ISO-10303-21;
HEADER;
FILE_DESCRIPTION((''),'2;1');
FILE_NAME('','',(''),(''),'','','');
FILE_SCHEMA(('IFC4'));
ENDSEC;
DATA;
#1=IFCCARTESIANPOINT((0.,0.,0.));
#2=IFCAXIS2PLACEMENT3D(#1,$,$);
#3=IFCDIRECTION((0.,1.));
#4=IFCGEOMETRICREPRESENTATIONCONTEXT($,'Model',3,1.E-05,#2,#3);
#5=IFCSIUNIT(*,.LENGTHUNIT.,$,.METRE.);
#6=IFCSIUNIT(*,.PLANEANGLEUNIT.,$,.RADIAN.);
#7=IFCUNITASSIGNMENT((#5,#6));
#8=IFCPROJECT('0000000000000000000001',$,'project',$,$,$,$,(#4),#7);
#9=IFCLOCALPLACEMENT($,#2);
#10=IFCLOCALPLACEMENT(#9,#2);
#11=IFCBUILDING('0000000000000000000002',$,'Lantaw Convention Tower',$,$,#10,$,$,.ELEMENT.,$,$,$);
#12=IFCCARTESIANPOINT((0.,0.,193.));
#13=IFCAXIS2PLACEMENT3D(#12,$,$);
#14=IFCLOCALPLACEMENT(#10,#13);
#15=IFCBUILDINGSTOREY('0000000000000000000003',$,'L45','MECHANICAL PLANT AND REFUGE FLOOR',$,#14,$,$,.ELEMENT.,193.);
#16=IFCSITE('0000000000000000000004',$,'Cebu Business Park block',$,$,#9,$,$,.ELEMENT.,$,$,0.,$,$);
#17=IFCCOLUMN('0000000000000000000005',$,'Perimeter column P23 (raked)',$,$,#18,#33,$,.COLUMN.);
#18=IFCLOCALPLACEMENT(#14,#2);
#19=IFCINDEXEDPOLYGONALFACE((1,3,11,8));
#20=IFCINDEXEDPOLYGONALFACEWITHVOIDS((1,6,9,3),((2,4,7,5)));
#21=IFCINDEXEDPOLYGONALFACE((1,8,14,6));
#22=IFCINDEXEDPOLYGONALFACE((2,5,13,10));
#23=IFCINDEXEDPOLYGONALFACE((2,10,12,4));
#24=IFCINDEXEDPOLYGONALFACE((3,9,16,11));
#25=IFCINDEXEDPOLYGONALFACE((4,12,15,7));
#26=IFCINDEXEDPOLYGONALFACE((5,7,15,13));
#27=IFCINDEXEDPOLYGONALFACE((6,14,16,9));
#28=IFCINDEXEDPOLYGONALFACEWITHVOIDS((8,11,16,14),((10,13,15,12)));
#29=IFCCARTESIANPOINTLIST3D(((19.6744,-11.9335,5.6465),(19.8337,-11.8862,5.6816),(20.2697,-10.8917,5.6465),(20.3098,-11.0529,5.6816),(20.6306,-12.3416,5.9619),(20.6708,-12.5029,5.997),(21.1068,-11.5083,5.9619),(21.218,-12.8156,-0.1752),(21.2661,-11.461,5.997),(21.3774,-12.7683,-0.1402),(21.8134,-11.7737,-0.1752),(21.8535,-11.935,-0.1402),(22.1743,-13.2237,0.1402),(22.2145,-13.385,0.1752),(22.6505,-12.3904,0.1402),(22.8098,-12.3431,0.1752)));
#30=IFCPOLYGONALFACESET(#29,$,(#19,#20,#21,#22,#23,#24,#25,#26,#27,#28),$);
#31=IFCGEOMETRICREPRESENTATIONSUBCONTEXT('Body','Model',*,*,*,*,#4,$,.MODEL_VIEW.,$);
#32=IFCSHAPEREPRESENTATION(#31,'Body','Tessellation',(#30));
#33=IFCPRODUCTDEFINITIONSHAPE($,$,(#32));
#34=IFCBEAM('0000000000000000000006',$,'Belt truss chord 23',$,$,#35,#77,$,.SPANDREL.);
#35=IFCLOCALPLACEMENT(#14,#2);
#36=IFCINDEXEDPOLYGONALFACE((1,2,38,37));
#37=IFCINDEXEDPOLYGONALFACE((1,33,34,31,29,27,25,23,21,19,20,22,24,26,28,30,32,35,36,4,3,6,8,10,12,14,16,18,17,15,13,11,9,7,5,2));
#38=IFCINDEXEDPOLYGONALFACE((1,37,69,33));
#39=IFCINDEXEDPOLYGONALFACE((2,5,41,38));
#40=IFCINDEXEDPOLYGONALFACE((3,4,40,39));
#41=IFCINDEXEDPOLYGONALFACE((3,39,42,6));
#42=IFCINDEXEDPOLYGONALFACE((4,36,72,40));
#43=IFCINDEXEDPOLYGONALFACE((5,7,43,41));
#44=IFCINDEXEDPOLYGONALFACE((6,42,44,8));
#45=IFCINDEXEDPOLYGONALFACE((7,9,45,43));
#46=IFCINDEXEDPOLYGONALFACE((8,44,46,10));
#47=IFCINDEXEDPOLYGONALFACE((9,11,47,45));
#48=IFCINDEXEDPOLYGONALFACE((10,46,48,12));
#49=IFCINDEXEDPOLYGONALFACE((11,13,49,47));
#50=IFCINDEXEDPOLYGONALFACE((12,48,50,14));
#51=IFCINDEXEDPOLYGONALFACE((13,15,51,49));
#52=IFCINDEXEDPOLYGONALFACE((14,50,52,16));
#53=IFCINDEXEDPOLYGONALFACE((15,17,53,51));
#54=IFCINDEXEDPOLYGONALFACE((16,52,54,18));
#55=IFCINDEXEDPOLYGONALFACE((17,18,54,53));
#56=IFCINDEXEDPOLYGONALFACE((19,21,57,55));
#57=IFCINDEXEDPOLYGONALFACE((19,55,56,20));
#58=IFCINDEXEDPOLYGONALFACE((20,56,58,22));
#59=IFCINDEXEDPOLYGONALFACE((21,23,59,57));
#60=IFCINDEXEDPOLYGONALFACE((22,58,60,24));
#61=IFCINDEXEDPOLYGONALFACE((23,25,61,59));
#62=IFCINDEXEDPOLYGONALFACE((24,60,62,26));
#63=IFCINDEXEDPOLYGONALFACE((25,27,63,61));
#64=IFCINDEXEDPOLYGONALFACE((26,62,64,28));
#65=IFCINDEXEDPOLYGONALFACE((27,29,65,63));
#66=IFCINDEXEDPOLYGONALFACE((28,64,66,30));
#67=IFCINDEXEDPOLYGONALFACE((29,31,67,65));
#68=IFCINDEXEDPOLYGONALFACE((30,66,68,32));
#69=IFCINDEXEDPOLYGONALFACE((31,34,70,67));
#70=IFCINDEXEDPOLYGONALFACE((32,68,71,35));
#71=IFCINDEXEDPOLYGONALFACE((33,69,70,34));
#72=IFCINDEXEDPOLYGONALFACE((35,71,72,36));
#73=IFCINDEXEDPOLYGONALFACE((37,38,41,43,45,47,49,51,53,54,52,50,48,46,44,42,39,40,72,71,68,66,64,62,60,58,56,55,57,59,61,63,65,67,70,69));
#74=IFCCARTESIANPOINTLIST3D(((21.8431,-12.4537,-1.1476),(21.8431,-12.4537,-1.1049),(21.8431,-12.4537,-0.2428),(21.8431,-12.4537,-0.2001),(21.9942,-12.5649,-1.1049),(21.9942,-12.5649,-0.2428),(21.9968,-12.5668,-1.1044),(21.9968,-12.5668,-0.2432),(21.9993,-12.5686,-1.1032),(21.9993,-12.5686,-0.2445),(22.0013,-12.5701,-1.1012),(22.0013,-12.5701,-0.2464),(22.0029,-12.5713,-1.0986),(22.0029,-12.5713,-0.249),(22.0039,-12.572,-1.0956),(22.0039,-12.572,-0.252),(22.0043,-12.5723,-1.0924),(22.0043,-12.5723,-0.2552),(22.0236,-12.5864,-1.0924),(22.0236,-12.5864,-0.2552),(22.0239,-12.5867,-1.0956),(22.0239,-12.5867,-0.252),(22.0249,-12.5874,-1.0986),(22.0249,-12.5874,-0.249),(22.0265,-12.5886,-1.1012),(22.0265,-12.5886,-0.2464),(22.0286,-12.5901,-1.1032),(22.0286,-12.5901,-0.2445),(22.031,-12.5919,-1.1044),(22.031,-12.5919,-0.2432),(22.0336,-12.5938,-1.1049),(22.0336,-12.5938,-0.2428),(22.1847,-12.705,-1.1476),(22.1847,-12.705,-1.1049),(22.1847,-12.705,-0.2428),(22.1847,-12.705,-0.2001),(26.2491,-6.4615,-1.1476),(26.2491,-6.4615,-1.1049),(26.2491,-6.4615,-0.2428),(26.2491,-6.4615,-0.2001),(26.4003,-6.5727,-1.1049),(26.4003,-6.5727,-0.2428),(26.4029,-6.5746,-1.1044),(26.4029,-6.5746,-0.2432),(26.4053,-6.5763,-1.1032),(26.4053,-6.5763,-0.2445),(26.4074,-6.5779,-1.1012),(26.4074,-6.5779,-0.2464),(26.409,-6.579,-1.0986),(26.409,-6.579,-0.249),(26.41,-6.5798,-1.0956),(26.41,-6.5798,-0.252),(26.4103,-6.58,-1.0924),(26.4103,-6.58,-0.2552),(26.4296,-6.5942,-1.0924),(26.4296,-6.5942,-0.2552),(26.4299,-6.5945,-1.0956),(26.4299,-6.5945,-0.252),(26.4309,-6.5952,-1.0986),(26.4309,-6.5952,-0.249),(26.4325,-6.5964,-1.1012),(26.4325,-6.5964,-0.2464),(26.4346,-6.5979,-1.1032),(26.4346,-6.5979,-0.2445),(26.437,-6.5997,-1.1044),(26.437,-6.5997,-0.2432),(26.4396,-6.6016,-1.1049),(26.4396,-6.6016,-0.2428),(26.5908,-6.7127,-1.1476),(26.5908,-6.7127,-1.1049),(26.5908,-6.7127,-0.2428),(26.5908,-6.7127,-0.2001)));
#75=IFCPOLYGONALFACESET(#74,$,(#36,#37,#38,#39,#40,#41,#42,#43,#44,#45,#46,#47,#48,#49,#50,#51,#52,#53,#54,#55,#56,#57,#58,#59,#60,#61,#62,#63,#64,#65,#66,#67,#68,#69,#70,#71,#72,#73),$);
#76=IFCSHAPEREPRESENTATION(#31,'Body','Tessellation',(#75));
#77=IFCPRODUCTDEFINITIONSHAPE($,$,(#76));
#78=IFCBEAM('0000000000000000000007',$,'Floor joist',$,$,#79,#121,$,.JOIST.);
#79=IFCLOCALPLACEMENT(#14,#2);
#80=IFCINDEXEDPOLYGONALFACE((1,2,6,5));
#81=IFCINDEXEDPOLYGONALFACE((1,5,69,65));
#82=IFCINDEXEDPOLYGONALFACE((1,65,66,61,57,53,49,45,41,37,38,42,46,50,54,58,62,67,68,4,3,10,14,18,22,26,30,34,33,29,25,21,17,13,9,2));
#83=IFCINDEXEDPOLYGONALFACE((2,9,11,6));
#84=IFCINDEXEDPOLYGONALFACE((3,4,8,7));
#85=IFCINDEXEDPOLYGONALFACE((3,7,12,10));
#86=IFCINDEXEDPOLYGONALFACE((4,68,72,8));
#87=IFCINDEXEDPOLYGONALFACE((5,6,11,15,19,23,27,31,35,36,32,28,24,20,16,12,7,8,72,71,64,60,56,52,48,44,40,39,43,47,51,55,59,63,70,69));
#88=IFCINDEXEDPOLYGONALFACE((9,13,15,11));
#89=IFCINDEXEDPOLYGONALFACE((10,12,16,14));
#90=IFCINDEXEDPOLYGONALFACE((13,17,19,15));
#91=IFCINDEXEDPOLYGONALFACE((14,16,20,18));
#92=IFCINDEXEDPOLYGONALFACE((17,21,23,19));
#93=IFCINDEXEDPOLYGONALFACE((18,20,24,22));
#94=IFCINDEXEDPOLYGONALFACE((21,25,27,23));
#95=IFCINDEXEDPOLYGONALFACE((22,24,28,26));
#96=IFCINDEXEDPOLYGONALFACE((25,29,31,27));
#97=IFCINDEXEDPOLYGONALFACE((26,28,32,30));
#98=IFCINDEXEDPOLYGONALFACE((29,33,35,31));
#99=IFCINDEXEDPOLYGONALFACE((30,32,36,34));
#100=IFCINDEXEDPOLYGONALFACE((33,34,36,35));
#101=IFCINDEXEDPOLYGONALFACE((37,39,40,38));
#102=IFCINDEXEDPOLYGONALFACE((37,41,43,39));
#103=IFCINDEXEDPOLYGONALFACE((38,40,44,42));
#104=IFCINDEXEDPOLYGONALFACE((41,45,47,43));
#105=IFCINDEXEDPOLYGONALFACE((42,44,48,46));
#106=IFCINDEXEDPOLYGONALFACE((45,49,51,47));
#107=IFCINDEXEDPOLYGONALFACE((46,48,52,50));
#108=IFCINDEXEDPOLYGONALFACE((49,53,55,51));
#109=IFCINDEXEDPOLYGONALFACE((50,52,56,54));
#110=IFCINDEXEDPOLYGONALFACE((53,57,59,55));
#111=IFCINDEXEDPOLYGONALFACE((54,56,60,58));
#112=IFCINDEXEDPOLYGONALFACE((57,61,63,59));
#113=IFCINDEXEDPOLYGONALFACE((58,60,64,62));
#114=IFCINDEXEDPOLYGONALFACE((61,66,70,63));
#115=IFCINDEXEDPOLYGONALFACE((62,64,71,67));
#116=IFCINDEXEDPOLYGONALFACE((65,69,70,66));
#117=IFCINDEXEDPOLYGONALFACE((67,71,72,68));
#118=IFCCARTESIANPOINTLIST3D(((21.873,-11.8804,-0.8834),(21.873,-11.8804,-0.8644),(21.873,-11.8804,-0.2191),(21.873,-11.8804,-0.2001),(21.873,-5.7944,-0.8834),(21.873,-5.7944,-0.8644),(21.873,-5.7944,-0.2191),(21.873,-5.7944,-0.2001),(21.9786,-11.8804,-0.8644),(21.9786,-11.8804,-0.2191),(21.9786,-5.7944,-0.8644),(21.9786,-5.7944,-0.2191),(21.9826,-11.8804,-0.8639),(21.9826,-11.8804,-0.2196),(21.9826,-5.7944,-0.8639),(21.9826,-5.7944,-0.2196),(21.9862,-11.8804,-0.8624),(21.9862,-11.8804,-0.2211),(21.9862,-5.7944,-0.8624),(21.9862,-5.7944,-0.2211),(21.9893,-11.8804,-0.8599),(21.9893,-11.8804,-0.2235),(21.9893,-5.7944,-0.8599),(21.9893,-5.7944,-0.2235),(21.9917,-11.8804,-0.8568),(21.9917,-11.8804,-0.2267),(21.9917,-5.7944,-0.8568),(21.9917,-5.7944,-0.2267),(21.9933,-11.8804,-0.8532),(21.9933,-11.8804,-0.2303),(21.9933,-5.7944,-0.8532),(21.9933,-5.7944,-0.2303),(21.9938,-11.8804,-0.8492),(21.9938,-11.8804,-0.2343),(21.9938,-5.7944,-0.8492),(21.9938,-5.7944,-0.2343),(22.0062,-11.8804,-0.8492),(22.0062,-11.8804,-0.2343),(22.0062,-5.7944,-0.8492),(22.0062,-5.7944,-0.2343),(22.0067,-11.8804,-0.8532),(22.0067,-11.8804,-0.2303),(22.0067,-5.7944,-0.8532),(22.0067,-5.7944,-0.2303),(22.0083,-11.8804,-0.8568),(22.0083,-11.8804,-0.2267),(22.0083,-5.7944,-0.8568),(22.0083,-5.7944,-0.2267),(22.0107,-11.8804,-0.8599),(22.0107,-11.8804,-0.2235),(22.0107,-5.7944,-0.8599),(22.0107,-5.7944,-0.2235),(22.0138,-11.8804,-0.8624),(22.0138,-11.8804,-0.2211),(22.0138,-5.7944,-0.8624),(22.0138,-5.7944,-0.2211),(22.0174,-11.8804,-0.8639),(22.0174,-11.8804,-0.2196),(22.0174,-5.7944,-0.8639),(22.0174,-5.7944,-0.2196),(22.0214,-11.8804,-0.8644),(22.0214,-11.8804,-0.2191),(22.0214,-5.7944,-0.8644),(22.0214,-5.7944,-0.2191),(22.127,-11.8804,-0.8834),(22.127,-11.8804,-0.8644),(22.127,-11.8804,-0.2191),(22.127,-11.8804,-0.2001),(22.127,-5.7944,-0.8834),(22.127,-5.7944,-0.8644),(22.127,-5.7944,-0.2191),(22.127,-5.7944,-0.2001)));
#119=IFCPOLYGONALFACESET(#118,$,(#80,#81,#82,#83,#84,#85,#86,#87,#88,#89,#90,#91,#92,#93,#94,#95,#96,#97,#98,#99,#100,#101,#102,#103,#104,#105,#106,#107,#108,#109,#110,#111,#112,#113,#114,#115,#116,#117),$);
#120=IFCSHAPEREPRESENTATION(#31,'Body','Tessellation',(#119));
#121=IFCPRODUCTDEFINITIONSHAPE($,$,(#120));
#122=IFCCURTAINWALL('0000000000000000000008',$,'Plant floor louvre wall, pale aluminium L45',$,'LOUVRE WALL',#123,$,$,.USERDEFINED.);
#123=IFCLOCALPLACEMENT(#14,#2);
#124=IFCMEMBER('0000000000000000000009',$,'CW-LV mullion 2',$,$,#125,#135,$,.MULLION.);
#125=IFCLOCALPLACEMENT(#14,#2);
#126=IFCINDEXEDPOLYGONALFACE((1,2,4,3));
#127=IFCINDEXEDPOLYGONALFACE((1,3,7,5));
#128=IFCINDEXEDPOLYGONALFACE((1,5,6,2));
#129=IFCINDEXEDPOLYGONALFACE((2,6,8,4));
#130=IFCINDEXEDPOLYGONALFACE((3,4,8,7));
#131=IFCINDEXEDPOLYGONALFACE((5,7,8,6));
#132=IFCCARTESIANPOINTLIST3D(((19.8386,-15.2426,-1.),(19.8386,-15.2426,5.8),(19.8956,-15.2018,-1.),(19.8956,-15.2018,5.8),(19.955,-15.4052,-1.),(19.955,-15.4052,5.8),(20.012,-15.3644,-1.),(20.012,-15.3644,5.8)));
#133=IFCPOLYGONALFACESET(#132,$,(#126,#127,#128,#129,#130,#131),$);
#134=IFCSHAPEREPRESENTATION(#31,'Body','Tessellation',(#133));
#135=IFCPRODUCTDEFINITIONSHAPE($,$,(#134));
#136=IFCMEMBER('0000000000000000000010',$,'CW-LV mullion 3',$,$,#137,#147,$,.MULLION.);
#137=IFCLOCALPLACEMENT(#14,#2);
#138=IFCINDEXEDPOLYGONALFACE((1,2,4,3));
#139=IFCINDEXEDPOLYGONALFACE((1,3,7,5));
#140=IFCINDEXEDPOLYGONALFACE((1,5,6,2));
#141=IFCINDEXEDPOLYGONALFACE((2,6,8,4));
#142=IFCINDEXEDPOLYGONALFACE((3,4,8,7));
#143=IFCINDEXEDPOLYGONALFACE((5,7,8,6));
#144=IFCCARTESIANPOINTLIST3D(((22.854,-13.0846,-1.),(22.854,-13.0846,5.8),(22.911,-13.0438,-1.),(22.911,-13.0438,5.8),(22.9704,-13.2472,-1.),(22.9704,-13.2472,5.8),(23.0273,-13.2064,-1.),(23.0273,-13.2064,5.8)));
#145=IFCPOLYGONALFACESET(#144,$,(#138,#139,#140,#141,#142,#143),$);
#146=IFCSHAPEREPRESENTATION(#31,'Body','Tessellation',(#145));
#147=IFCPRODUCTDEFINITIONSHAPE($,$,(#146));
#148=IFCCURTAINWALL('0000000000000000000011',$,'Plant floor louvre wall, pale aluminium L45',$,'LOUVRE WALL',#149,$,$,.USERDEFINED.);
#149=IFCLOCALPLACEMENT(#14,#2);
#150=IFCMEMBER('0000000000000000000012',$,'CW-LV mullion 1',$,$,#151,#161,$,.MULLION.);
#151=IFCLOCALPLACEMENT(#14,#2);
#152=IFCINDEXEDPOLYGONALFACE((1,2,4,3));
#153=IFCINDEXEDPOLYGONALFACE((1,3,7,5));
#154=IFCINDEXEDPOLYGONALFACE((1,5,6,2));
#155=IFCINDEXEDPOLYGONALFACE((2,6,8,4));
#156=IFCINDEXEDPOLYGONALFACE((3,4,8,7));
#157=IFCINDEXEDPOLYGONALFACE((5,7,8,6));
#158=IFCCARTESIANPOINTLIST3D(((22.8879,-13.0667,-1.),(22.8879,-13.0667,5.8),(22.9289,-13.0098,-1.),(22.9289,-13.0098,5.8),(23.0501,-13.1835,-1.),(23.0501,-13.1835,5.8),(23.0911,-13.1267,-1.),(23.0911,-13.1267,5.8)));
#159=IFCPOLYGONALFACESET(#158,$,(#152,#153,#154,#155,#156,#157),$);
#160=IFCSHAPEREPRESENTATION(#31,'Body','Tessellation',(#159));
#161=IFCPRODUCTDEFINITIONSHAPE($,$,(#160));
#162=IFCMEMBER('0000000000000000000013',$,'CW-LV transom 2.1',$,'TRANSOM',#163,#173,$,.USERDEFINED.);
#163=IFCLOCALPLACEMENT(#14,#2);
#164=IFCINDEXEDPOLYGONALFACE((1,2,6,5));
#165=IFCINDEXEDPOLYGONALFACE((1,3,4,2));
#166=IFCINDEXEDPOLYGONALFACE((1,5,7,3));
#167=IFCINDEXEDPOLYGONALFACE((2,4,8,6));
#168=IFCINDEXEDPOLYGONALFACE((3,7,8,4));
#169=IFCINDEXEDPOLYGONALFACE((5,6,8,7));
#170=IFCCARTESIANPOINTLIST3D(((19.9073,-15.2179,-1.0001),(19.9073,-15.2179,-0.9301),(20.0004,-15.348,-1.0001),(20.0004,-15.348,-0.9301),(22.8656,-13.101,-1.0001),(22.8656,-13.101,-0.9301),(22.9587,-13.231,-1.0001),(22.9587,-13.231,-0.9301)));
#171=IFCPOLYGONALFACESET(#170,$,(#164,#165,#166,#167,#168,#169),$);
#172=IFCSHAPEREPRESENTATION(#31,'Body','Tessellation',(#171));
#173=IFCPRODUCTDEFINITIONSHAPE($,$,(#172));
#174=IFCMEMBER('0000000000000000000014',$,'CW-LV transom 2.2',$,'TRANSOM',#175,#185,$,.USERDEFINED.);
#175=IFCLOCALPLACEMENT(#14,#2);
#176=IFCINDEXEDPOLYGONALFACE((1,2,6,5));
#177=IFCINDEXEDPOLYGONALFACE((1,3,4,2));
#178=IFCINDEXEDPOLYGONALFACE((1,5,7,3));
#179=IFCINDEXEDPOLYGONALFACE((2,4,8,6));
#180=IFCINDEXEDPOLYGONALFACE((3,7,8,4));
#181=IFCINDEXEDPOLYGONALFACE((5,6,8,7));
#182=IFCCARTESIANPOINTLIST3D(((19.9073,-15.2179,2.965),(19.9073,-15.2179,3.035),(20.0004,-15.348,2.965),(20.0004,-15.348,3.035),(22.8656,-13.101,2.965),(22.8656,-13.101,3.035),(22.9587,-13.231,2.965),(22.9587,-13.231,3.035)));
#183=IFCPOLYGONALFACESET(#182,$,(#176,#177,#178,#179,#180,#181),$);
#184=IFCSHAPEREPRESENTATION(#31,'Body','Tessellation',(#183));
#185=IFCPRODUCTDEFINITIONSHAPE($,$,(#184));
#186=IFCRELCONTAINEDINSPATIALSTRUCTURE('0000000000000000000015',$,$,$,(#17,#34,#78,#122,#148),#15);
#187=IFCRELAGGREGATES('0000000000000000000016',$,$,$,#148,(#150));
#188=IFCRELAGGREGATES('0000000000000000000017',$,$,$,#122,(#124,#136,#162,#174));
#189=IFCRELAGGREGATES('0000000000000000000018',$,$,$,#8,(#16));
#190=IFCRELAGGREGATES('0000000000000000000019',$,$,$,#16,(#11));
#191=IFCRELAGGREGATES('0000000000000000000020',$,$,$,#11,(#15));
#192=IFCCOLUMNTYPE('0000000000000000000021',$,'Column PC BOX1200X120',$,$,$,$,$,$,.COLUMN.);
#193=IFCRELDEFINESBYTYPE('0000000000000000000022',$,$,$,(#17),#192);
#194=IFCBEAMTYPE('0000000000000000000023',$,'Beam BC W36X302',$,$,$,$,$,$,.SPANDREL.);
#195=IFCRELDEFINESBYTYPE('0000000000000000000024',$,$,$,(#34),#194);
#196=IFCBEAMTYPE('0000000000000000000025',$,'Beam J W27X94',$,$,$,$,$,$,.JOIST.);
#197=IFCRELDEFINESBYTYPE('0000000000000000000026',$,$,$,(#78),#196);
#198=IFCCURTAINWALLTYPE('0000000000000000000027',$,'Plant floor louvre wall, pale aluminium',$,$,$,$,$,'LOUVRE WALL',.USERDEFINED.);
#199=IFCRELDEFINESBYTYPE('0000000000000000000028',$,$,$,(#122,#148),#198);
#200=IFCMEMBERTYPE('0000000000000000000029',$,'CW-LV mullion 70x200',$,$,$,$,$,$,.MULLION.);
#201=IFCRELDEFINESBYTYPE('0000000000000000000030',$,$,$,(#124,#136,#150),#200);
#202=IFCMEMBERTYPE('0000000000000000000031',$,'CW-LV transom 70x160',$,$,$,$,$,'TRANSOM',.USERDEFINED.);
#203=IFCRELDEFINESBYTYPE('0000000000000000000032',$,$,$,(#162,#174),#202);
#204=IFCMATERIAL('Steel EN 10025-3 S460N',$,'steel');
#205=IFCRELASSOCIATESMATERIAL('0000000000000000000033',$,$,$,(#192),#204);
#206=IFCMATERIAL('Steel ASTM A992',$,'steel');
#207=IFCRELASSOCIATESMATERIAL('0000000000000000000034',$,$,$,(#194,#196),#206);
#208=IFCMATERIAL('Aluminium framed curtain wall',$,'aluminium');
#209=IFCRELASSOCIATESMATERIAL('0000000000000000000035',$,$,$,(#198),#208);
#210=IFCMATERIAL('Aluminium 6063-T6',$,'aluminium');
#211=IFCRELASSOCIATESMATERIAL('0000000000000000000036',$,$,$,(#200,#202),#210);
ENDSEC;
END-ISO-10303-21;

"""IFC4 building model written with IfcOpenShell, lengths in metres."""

from ifc_helpers import new_model, si_unit, direction, frame, origin, origin_2d, place, context, subcontext, project, spatial, rectangle, hollow_rectangle, i_section, extrude, material, material_profile, profile_set, type_object, element, aggregate, save


model = new_model("IFC4")

# Units and contexts
model_context = context("Model", 3, precision=1e-05, world=origin(), true_north=direction((0.0, 1.0)))
body_context = subcontext(model_context, "Body", "Model", "MODEL_VIEW")
ifc_project = project(units=[si_unit("LENGTHUNIT", "METRE"), si_unit("PLANEANGLEUNIT", "RADIAN")], contexts=[model_context])

# Site, building, storey
site_placement = place(None, origin())
site = spatial("IfcSite", under=ifc_project, at=site_placement, Name="Cebu Business Park block", CompositionType="ELEMENT", RefElevation=0.0)
building_placement = place(site_placement, origin())
building = spatial("IfcBuilding", under=site, at=building_placement, Name="Lantaw Convention Tower", CompositionType="ELEMENT")
storey_placement = place(building_placement, frame((0.0, 0.0, 193.0)))
storey = spatial("IfcBuildingStorey", under=building, at=storey_placement, Name="L45", Description="MECHANICAL PLANT AND REFUGE FLOOR", CompositionType="ELEMENT", Elevation=193.0)

# Column
ifc_material_1 = material(Name="Steel EN 10025-3 S460N", Category="steel")
ifc_material_profile_1 = material_profile(ifc_material_1, hollow_rectangle(XDim=1.2, YDim=1.2, WallThickness=0.1201, at=origin_2d()), Name="BOX1200X120")
ifc_material_2 = material(Name="Concrete C60/75", Category="concrete")
ifc_material_profile_2 = material_profile(ifc_material_2, rectangle(XDim=0.96, YDim=0.96, at=origin_2d()), Name="Concrete fill of BOX1200X120")
ifc_profile_set_1 = profile_set([ifc_material_profile_1, ifc_material_profile_2], Name="Steel EN 10025-3 S460N")
column_type = type_object("IfcColumnType", Name="Column PC BOX1200X120", PredefinedType="COLUMN", material=ifc_profile_set_1)
column_placement = place(storey_placement, frame((22.0139, -12.5793, 0.0), z_axis=(-0.253597, 0.144907, 0.956394), x_axis=(-0.496124, -0.868252, 0.0)))
element("IfcColumn", 1, at=column_placement, inside=storey, type_object=column_type, Name="Perimeter column P23 (raked)", PredefinedType="COLUMN", context=body_context, shape_type="SweptSolid", body=[
    extrude(hollow_rectangle(XDim=1.2, YDim=1.2, WallThickness=0.1201, at=origin_2d()), origin(), (0.0, 0.0, 1.0), 6.0872),
])

# Beams
ifc_material_3 = material(Name="Steel ASTM A992", Category="steel")
ifc_material_profile_3 = material_profile(ifc_material_3, i_section(OverallWidth=0.4241, OverallDepth=0.9475, WebThickness=0.0239, FlangeThickness=0.0427, FilletRadius=0.0125, at=origin_2d()), Name="W36X302")
ifc_profile_set_2 = profile_set([ifc_material_profile_3], Name="Steel ASTM A992")
beam_type_1 = type_object("IfcBeamType", Name="Beam BC W36X302", PredefinedType="SPANDREL", material=ifc_profile_set_2)
beam_1_placement = place(storey_placement, frame((22.0139, -12.5793, -0.6738), z_axis=(0.592389, 0.805652, 0.0), x_axis=(-0.805652, 0.592389, 0.0)))
element("IfcBeam", 2, at=beam_1_placement, inside=storey, type_object=beam_type_1, Name="Belt truss chord 23", PredefinedType="SPANDREL", context=body_context, shape_type="SweptSolid", body=[
    extrude(i_section(OverallWidth=0.4241, OverallDepth=0.9475, WebThickness=0.0239, FlangeThickness=0.0427, FilletRadius=0.0125, at=origin_2d()), origin(), (0.0, 0.0, 1.0), 7.4377),
])
ifc_material_profile_4 = material_profile(ifc_material_3, i_section(OverallWidth=0.2539, OverallDepth=0.6833, WebThickness=0.0125, FlangeThickness=0.019, FilletRadius=0.0151, at=origin_2d()), Name="W27X94")
ifc_profile_set_3 = profile_set([ifc_material_profile_4], Name="Steel ASTM A992")
beam_type_2 = type_object("IfcBeamType", Name="Beam J W27X94", PredefinedType="JOIST", material=ifc_profile_set_3)
beam_2_placement = place(storey_placement, frame((22.0, -11.8804, -0.5417), z_axis=(0.0, 1.0, 0.0), x_axis=(-1.0, 0.0, 0.0)))
element("IfcBeam", 3, at=beam_2_placement, inside=storey, type_object=beam_type_2, Name="Floor joist", PredefinedType="JOIST", context=body_context, shape_type="SweptSolid", body=[
    extrude(i_section(OverallWidth=0.2539, OverallDepth=0.6833, WebThickness=0.0125, FlangeThickness=0.019, FilletRadius=0.0151, at=origin_2d()), origin(), (0.0, 0.0, 1.0), 6.0859),
])

# Curtain wall, members
ifc_material_4 = material(Name="Aluminium framed curtain wall", Category="aluminium")
curtain_wall_type = type_object("IfcCurtainWallType", Name="Plant floor louvre wall, pale aluminium", ElementType="LOUVRE WALL", PredefinedType="USERDEFINED", material=ifc_material_4)
curtain_wall_1_placement = place(storey_placement, origin())
curtain_wall_1 = element("IfcCurtainWall", 4, at=curtain_wall_1_placement, inside=storey, type_object=curtain_wall_type, Name="Plant floor louvre wall, pale aluminium L45", ObjectType="LOUVRE WALL", PredefinedType="USERDEFINED")
ifc_material_5 = material(Name="Aluminium 6063-T6", Category="aluminium")
ifc_material_profile_5 = material_profile(ifc_material_5, rectangle(XDim=0.2, YDim=0.0701, at=origin_2d()), Name="CW-LV mullion 70x200")
ifc_profile_set_4 = profile_set([ifc_material_profile_5], Name="Aluminium 6063-T6")
member_type_1 = type_object("IfcMemberType", Name="CW-LV mullion 70x200", PredefinedType="MULLION", material=ifc_profile_set_4)
member_1_placement = place(storey_placement, frame((19.9253, -15.3035, -1.0), z_axis=(0.0, 0.0, 1.0), x_axis=(-0.581973, 0.813208, 0.0)))
member_1 = element("IfcMember", 5, at=member_1_placement, type_object=member_type_1, Name="CW-LV mullion 2", PredefinedType="MULLION", context=body_context, shape_type="SweptSolid", body=[
    extrude(rectangle(XDim=0.2, YDim=0.0701, at=origin_2d()), origin(), (0.0, 0.0, 1.0), 6.8),
])
member_2_placement = place(storey_placement, frame((22.9407, -13.1455, -1.0), z_axis=(0.0, 0.0, 1.0), x_axis=(-0.581973, 0.813208, 0.0)))
member_2 = element("IfcMember", 6, at=member_2_placement, type_object=member_type_1, Name="CW-LV mullion 3", PredefinedType="MULLION", context=body_context, shape_type="SweptSolid", body=[
    extrude(rectangle(XDim=0.2, YDim=0.0701, at=origin_2d()), origin(), (0.0, 0.0, 1.0), 6.8),
])

# Curtain wall, member
curtain_wall_2_placement = place(storey_placement, origin())
curtain_wall_2 = element("IfcCurtainWall", 7, at=curtain_wall_2_placement, inside=storey, type_object=curtain_wall_type, Name="Plant floor louvre wall, pale aluminium L45", ObjectType="LOUVRE WALL", PredefinedType="USERDEFINED")
member_3_placement = place(storey_placement, frame((22.9895, -13.0967, -1.0), z_axis=(0.0, 0.0, 1.0), x_axis=(-0.811385, 0.584513, 0.0)))
member_3 = element("IfcMember", 8, at=member_3_placement, type_object=member_type_1, Name="CW-LV mullion 1", PredefinedType="MULLION", context=body_context, shape_type="SweptSolid", body=[
    extrude(rectangle(XDim=0.2, YDim=0.0701, at=origin_2d()), origin(), (0.0, 0.0, 1.0), 6.8),
])

# Members
ifc_material_profile_6 = material_profile(ifc_material_5, rectangle(XDim=0.1599, YDim=0.0701, at=origin_2d()), Name="CW-LV transom 70x160")
ifc_profile_set_5 = profile_set([ifc_material_profile_6], Name="Aluminium 6063-T6")
member_type_2 = type_object("IfcMemberType", Name="CW-LV transom 70x160", ElementType="TRANSOM", PredefinedType="USERDEFINED", material=ifc_profile_set_5)
member_4_placement = place(storey_placement, frame((19.9539, -15.283, -0.9651), z_axis=(0.813225, 0.581949, 0.0), x_axis=(-0.581949, 0.813225, 0.0)))
member_4 = element("IfcMember", 9, at=member_4_placement, type_object=member_type_2, Name="CW-LV transom 2.1", ObjectType="TRANSOM", PredefinedType="USERDEFINED", context=body_context, shape_type="SweptSolid", body=[
    extrude(rectangle(XDim=0.1599, YDim=0.0701, at=origin_2d()), origin(), (0.0, 0.0, 1.0), 3.6377),
])
member_5_placement = place(storey_placement, frame((19.9539, -15.283, 3.0), z_axis=(0.813225, 0.581949, 0.0), x_axis=(-0.581949, 0.813225, 0.0)))
member_5 = element("IfcMember", 10, at=member_5_placement, type_object=member_type_2, Name="CW-LV transom 2.2", ObjectType="TRANSOM", PredefinedType="USERDEFINED", context=body_context, shape_type="SweptSolid", body=[
    extrude(rectangle(XDim=0.1599, YDim=0.0701, at=origin_2d()), origin(), (0.0, 0.0, 1.0), 3.6377),
])
aggregate(curtain_wall_2, [member_3])

aggregate(curtain_wall_1, [member_1, member_2, member_4, member_5])

save(model, "model.ifc")
